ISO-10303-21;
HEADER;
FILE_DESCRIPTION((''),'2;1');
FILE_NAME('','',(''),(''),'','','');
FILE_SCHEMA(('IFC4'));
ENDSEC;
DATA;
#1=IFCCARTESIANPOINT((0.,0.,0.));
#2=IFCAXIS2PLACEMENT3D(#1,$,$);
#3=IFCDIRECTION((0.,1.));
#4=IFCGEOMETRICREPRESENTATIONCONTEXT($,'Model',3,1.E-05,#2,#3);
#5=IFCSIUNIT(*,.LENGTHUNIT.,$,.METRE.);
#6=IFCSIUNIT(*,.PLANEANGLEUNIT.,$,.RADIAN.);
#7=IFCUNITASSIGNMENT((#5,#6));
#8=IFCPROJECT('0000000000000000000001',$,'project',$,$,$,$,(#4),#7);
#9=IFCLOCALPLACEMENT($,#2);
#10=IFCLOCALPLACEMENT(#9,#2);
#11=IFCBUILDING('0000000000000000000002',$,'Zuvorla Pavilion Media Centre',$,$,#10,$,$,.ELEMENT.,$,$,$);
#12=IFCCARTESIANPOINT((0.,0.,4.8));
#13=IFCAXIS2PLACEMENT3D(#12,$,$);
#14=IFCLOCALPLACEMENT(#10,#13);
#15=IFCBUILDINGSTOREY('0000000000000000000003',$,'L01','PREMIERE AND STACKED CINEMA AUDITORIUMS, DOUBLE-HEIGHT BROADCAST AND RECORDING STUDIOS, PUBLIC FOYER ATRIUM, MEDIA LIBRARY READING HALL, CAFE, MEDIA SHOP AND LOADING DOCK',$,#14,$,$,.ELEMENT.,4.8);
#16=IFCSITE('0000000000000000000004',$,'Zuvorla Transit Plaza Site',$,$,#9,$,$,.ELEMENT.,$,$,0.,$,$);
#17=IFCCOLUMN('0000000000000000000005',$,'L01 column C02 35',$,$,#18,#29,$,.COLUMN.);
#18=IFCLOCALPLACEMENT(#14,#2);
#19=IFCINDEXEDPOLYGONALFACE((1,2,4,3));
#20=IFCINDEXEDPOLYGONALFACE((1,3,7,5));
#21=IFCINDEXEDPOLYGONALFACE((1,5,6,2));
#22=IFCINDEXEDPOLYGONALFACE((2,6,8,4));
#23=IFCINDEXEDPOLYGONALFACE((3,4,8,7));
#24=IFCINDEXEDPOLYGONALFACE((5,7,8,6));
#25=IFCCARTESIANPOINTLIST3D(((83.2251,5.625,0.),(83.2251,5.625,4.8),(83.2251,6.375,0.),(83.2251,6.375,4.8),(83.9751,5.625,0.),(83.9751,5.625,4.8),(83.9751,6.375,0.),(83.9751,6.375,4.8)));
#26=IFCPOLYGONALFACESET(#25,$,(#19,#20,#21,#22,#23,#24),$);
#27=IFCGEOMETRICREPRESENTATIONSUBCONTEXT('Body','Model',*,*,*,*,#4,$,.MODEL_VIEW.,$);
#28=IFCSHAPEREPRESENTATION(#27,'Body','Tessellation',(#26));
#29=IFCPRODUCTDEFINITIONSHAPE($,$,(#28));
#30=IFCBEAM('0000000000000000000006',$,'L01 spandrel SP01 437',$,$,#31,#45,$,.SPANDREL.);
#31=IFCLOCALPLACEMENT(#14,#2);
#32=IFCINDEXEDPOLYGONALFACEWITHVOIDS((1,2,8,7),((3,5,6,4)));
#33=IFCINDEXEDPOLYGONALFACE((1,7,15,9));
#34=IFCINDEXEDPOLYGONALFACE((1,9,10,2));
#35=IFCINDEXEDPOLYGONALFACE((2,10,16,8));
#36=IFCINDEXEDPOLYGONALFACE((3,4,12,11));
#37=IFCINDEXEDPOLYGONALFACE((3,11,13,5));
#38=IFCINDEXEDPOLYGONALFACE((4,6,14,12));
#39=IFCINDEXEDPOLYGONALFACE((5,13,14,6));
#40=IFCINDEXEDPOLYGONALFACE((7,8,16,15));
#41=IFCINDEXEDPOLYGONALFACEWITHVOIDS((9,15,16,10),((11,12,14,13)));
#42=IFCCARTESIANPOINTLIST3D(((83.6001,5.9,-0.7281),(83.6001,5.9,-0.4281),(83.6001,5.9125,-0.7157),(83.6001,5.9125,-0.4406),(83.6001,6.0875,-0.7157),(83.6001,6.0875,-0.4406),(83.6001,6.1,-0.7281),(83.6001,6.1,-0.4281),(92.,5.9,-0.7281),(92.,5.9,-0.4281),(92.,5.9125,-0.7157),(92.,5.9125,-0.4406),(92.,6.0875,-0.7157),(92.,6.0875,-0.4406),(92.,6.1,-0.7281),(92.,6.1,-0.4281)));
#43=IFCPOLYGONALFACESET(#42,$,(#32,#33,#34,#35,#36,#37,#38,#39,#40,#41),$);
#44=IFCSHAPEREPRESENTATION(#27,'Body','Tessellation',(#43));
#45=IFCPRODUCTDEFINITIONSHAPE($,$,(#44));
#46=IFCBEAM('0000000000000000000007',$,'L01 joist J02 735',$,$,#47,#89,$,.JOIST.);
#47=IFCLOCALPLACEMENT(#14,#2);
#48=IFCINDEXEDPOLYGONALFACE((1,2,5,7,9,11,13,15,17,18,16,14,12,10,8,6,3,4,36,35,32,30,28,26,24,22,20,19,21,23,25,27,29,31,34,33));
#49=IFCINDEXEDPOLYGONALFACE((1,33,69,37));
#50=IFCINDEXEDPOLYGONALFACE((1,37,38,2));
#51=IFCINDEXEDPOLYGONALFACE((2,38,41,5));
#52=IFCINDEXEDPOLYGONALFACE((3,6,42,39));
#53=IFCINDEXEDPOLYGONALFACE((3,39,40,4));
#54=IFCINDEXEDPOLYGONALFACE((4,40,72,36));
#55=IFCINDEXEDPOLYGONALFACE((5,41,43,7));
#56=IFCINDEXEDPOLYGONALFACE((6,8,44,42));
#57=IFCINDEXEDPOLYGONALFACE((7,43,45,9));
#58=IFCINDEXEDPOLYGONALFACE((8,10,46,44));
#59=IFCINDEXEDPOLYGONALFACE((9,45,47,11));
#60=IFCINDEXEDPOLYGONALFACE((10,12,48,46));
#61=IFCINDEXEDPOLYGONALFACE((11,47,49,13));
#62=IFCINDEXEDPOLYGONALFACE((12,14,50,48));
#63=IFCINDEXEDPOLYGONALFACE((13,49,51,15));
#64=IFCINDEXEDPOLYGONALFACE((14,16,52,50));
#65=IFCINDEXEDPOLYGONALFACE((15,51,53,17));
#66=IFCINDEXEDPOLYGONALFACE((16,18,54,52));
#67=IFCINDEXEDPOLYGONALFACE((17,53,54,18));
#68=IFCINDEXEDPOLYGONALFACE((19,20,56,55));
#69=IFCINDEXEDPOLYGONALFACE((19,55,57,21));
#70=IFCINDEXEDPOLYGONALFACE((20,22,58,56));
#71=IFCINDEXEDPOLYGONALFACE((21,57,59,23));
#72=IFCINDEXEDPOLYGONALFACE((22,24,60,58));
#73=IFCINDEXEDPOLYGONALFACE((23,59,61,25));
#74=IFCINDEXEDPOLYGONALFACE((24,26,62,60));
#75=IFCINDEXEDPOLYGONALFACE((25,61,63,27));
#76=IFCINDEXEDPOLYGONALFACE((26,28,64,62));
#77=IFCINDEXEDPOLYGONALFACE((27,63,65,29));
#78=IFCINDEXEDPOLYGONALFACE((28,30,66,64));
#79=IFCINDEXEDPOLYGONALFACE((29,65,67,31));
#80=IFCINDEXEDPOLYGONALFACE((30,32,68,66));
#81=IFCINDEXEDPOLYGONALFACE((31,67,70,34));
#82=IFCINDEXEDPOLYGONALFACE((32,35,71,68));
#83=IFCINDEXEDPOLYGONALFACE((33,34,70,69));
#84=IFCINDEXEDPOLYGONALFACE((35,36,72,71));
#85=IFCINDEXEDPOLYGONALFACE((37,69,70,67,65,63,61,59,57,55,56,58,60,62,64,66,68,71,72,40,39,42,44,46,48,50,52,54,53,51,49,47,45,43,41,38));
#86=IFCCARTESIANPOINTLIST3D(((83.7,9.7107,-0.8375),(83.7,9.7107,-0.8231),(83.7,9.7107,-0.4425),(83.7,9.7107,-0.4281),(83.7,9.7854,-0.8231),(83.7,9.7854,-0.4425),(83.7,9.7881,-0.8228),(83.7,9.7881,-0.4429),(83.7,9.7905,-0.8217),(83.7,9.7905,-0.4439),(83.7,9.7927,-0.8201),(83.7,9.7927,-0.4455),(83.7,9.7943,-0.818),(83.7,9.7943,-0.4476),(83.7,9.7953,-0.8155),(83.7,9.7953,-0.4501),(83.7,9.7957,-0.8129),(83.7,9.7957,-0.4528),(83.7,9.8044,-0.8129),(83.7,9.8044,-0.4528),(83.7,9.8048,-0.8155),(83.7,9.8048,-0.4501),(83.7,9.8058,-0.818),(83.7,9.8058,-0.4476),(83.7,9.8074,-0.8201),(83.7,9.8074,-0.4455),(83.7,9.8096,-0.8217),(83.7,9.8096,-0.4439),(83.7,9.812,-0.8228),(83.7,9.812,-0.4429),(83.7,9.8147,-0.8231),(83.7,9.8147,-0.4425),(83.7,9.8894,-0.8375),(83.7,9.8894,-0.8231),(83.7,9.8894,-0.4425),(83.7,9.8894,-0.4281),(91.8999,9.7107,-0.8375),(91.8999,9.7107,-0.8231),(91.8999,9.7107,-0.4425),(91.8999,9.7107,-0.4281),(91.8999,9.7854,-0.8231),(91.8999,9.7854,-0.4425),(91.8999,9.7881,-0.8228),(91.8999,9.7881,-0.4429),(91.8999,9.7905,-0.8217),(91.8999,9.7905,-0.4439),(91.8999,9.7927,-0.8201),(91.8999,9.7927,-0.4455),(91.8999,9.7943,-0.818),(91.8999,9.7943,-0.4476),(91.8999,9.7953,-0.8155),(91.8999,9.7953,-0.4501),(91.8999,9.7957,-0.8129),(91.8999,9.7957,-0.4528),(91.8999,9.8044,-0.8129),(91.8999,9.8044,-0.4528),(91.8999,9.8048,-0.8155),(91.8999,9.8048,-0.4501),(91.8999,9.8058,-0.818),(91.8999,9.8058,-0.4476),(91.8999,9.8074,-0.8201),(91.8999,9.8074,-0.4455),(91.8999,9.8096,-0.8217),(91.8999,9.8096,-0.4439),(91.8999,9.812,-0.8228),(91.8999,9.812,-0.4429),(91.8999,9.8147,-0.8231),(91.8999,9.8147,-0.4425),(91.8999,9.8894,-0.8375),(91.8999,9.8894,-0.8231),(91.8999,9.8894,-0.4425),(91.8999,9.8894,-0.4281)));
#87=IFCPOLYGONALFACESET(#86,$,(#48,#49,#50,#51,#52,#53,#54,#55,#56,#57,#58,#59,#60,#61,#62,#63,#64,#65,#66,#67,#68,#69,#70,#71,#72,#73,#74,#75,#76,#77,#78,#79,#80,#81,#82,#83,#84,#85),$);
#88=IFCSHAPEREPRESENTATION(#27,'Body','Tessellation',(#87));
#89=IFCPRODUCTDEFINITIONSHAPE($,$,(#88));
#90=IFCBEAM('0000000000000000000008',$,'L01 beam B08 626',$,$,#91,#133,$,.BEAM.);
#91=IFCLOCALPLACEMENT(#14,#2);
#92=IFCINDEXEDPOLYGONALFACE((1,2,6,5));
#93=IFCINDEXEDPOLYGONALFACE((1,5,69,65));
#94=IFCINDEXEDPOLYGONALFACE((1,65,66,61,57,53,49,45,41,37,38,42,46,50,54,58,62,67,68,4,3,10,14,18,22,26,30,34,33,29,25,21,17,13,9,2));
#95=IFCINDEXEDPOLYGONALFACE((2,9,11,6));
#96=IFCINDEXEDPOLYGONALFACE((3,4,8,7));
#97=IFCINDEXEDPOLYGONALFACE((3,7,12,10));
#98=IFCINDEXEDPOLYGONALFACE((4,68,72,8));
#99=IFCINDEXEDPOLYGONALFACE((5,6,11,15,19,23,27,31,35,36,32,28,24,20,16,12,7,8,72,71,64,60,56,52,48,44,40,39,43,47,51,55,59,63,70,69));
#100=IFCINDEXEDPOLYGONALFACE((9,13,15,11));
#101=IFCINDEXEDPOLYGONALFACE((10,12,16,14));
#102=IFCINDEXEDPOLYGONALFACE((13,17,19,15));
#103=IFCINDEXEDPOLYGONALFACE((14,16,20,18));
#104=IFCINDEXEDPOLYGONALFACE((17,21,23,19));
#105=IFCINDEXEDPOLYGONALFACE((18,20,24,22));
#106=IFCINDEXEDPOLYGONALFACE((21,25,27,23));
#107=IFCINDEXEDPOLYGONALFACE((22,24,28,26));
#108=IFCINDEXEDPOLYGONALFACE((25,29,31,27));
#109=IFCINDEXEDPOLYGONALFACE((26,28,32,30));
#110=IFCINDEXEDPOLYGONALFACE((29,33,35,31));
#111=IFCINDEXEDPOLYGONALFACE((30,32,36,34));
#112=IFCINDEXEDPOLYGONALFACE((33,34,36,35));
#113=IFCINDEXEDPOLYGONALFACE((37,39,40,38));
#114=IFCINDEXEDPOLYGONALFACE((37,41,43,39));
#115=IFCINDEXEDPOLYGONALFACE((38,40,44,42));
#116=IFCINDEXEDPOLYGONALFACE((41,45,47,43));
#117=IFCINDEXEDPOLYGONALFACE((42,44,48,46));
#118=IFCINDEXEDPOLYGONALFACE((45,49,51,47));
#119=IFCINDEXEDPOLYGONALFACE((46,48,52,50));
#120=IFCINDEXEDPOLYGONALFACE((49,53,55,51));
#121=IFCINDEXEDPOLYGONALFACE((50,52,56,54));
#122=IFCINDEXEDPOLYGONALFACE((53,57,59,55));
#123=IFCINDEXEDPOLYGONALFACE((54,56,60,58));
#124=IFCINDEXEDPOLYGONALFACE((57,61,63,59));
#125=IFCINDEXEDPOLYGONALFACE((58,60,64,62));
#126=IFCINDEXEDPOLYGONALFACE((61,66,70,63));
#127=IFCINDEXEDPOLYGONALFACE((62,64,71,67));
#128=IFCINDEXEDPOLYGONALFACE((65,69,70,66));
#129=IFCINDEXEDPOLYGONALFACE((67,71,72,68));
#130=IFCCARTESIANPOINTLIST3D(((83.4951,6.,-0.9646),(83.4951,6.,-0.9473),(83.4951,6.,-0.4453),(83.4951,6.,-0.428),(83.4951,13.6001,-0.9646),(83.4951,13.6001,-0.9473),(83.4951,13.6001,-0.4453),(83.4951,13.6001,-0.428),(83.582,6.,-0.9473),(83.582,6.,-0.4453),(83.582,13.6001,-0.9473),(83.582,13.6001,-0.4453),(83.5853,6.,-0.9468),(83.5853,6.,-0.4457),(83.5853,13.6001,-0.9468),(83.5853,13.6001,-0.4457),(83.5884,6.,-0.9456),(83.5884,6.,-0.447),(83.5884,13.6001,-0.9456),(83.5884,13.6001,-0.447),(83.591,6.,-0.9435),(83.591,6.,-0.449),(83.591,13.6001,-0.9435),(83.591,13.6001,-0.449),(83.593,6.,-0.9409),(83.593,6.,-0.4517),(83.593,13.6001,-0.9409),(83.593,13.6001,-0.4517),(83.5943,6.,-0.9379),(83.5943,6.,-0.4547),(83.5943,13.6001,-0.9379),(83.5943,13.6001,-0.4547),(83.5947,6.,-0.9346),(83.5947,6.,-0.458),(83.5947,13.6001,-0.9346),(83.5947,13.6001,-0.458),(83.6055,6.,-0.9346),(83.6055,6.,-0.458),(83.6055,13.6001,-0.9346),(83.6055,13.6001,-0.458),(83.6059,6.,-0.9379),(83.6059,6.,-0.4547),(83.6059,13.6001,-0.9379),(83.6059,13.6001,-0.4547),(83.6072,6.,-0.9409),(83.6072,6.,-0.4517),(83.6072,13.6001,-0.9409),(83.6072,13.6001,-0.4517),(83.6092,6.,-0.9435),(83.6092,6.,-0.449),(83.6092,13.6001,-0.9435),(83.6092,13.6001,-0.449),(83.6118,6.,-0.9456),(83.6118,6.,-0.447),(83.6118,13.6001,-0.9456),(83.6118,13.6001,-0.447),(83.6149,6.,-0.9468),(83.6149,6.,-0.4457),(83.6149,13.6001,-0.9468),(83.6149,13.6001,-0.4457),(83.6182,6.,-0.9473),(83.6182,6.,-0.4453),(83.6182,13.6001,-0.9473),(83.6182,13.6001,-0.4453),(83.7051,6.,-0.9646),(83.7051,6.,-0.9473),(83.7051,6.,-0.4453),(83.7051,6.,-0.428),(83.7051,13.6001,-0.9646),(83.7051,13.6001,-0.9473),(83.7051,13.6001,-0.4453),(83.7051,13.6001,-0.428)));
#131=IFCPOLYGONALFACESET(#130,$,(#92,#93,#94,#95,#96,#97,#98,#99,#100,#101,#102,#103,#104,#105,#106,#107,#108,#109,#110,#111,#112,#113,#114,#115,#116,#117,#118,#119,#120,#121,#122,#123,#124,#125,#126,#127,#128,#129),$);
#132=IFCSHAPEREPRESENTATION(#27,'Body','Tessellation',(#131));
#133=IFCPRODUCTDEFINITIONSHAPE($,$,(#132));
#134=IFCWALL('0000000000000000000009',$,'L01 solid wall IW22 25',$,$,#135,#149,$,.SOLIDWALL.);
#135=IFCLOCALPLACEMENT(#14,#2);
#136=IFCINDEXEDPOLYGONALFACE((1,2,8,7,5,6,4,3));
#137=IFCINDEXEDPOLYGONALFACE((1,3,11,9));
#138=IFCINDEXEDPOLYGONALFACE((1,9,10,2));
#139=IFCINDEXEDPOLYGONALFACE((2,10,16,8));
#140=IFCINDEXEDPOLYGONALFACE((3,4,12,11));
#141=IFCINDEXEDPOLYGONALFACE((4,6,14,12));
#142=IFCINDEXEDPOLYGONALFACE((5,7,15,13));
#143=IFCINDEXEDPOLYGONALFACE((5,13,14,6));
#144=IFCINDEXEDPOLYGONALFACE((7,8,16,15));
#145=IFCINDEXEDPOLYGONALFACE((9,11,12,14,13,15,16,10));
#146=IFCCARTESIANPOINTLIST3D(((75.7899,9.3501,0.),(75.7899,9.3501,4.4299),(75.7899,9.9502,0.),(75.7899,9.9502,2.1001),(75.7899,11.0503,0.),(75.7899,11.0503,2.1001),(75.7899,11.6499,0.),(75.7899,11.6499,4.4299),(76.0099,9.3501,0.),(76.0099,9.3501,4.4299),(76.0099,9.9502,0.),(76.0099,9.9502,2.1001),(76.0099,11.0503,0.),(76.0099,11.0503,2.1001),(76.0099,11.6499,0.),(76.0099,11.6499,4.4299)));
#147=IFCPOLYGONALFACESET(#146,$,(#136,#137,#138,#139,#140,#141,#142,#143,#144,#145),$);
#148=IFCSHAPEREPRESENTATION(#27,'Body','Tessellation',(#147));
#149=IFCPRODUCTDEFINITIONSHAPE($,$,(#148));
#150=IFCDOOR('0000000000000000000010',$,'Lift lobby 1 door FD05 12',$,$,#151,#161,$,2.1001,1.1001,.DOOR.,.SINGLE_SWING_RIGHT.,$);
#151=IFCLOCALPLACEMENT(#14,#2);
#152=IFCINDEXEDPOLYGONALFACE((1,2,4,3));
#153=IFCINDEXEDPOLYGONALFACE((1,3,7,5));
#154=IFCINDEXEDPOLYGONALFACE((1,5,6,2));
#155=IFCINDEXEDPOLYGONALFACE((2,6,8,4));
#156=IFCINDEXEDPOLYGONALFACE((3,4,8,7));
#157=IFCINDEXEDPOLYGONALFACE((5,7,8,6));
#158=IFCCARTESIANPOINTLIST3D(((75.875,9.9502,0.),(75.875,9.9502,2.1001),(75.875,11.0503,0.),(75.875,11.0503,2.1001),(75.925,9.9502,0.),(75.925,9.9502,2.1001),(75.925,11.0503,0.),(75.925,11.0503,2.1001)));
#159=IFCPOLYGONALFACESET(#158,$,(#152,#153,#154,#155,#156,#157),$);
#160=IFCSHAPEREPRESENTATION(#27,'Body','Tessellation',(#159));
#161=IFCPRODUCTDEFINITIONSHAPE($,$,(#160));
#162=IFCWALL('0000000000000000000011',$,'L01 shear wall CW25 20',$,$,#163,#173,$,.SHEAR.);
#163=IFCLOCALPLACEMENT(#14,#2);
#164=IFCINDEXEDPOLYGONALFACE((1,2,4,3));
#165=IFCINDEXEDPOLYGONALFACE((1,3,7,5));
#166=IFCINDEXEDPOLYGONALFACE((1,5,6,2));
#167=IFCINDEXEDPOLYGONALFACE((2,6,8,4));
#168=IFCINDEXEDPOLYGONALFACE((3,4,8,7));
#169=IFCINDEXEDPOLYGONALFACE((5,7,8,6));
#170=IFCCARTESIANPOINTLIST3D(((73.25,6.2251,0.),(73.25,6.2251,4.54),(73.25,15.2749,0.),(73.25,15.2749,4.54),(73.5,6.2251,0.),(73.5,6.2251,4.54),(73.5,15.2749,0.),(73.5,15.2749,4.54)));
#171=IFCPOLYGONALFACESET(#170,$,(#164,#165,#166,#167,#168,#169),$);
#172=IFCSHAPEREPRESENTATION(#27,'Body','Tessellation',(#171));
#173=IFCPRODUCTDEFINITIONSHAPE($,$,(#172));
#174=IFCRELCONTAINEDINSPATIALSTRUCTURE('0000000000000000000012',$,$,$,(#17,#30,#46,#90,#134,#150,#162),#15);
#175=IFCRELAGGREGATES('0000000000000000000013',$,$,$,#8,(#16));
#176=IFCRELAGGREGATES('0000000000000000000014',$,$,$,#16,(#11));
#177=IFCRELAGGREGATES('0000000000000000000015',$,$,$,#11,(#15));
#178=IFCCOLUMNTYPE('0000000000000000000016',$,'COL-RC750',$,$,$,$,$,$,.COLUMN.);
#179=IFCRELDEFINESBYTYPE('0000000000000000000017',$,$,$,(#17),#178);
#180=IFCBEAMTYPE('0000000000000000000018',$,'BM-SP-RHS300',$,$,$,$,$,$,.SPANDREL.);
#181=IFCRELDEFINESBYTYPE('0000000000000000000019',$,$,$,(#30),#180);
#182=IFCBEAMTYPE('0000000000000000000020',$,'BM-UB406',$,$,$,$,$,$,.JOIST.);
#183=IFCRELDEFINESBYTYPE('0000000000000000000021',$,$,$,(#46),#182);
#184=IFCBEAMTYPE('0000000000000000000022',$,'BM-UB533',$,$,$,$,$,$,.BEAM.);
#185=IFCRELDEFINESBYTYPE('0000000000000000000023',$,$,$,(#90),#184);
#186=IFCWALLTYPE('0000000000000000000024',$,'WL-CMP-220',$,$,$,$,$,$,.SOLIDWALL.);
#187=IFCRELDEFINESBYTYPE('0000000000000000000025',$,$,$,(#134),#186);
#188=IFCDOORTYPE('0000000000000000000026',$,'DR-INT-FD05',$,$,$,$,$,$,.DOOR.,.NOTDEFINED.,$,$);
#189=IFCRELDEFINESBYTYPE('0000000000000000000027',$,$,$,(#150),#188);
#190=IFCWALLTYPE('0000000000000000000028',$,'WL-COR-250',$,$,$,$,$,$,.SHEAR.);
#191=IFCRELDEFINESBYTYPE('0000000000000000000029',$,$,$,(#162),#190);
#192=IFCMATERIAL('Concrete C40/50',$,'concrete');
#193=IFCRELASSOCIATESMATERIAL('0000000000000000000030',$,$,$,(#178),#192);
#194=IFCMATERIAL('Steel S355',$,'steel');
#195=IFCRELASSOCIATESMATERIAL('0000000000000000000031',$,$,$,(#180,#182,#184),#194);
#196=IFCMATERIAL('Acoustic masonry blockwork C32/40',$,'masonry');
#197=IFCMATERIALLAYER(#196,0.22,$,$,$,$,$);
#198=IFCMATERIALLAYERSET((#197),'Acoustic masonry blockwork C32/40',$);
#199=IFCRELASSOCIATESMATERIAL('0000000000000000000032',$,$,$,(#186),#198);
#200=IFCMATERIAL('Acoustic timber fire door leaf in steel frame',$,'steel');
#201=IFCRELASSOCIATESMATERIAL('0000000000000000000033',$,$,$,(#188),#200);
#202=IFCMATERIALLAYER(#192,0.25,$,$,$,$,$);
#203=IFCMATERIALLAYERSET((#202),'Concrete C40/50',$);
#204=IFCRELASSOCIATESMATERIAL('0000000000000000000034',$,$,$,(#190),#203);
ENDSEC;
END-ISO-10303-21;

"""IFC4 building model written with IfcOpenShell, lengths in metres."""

from ifc_helpers import new_model, si_unit, direction, frame, frame_2d, origin, origin_2d, place, context, subcontext, project, spatial, rectangle, hollow_rectangle, i_section, extrude, material, layer, layer_set, material_profile, profile_set, type_object, element, fill, save


model = new_model("IFC4")

# Units and contexts
model_context = context("Model", 3, precision=1e-05, world=origin(), true_north=direction((0.0, 1.0)))
body_context = subcontext(model_context, "Body", "Model", "MODEL_VIEW")
ifc_project = project(units=[si_unit("LENGTHUNIT", "METRE"), si_unit("PLANEANGLEUNIT", "RADIAN")], contexts=[model_context])

# Site, building, storey
site_placement = place(None, origin())
site = spatial("IfcSite", under=ifc_project, at=site_placement, Name="Zuvorla Transit Plaza Site", CompositionType="ELEMENT", RefElevation=0.0)
building_placement = place(site_placement, origin())
building = spatial("IfcBuilding", under=site, at=building_placement, Name="Zuvorla Pavilion Media Centre", CompositionType="ELEMENT")
storey_placement = place(building_placement, frame((0.0, 0.0, 4.8)))
storey = spatial("IfcBuildingStorey", under=building, at=storey_placement, Name="L01", Description="PREMIERE AND STACKED CINEMA AUDITORIUMS, DOUBLE-HEIGHT BROADCAST AND RECORDING STUDIOS, PUBLIC FOYER ATRIUM, MEDIA LIBRARY READING HALL, CAFE, MEDIA SHOP AND LOADING DOCK", CompositionType="ELEMENT", Elevation=4.8)

# Column
ifc_material_1 = material(Name="Concrete C40/50", Category="concrete")
ifc_material_profile_1 = material_profile(ifc_material_1, rectangle(XDim=0.75, YDim=0.75, at=origin_2d()), Name="RC 750x750")
ifc_profile_set_1 = profile_set([ifc_material_profile_1], Name="Concrete C40/50")
column_type = type_object("IfcColumnType", Name="COL-RC750", PredefinedType="COLUMN", material=ifc_profile_set_1)
column_placement = place(storey_placement, frame((83.6001, 6.0, 0.0), z_axis=(0.0, 0.0, 1.0), x_axis=(1.0, 0.0, 0.0)))
element("IfcColumn", 1, at=column_placement, inside=storey, type_object=column_type, Name="L01 column C02 35", PredefinedType="COLUMN", context=body_context, shape_type="SweptSolid", body=[
    extrude(rectangle(XDim=0.75, YDim=0.75, at=origin_2d()), origin(), (0.0, 0.0, 1.0), 4.8),
])

# Beams
ifc_material_2 = material(Name="Steel S355", Category="steel")
ifc_material_profile_2 = material_profile(ifc_material_2, hollow_rectangle(XDim=0.2, YDim=0.3, WallThickness=0.0125, at=origin_2d()), Name="RHS 300x200x12.5")
ifc_profile_set_2 = profile_set([ifc_material_profile_2], Name="Steel S355")
beam_type_1 = type_object("IfcBeamType", Name="BM-SP-RHS300", PredefinedType="SPANDREL", material=ifc_profile_set_2)
beam_1_placement = place(storey_placement, frame((83.6001, 6.0, -0.5781), z_axis=(1.0, 0.0, 0.0), x_axis=(0.0, 1.0, 0.0)))
element("IfcBeam", 2, at=beam_1_placement, inside=storey, type_object=beam_type_1, Name="L01 spandrel SP01 437", PredefinedType="SPANDREL", context=body_context, shape_type="SweptSolid", body=[
    extrude(hollow_rectangle(XDim=0.2, YDim=0.3, WallThickness=0.0125, at=origin_2d()), origin(), (0.0, 0.0, 1.0), 8.3999),
])
ifc_material_profile_3 = material_profile(ifc_material_2, i_section(OverallWidth=0.1787, OverallDepth=0.4094, WebThickness=0.0088, FlangeThickness=0.0144, FilletRadius=0.0103, at=origin_2d()), Name="UB 406x178x67")
ifc_profile_set_3 = profile_set([ifc_material_profile_3], Name="Steel S355")
beam_type_2 = type_object("IfcBeamType", Name="BM-UB406", PredefinedType="JOIST", material=ifc_profile_set_3)
beam_2_placement = place(storey_placement, frame((83.7, 9.8, -0.6328), z_axis=(1.0, 0.0, 0.0), x_axis=(0.0, 1.0, 0.0)))
element("IfcBeam", 3, at=beam_2_placement, inside=storey, type_object=beam_type_2, Name="L01 joist J02 735", PredefinedType="JOIST", context=body_context, shape_type="SweptSolid", body=[
    extrude(i_section(OverallWidth=0.1787, OverallDepth=0.4094, WebThickness=0.0088, FlangeThickness=0.0144, FilletRadius=0.0103, at=origin_2d()), origin(), (0.0, 0.0, 1.0), 8.2),
])
ifc_material_profile_4 = material_profile(ifc_material_2, i_section(OverallWidth=0.21, OverallDepth=0.5366, WebThickness=0.0107, FlangeThickness=0.0173, FilletRadius=0.0127, at=origin_2d()), Name="UB 533x210x101")
ifc_profile_set_4 = profile_set([ifc_material_profile_4], Name="Steel S355")
beam_type_3 = type_object("IfcBeamType", Name="BM-UB533", PredefinedType="BEAM", material=ifc_profile_set_4)
beam_3_placement = place(storey_placement, frame((83.6001, 6.0, -0.6963), z_axis=(0.0, 1.0, 0.0), x_axis=(-1.0, 0.0, 0.0)))
element("IfcBeam", 4, at=beam_3_placement, inside=storey, type_object=beam_type_3, Name="L01 beam B08 626", PredefinedType="BEAM", context=body_context, shape_type="SweptSolid", body=[
    extrude(i_section(OverallWidth=0.21, OverallDepth=0.5366, WebThickness=0.0107, FlangeThickness=0.0173, FilletRadius=0.0127, at=origin_2d()), origin(), (0.0, 0.0, 1.0), 7.6001),
])

# Wall, opening, door
ifc_material_3 = material(Name="Acoustic masonry blockwork C32/40", Category="masonry")
ifc_layer_1 = layer(ifc_material_3, 0.22)
ifc_layer_set_1 = layer_set([ifc_layer_1], Name="Acoustic masonry blockwork C32/40")
wall_type_1 = type_object("IfcWallType", Name="WL-CMP-220", PredefinedType="SOLIDWALL", material=ifc_layer_set_1)
wall_1_placement = place(storey_placement, frame((75.8999, 9.3501, 0.0), z_axis=(0.0, 0.0, 1.0), x_axis=(0.0, 1.0, 0.0)))
wall_1 = element("IfcWall", 5, at=wall_1_placement, inside=storey, type_object=wall_type_1, Name="L01 solid wall IW22 25", PredefinedType="SOLIDWALL", context=body_context, shape_type="SweptSolid", body=[
    extrude(rectangle(XDim=2.2998, YDim=0.22, at=frame_2d((1.1499, 0.0))), origin(), (0.0, 0.0, 1.0), 4.4299),
])
opening_1_placement = place(wall_1_placement, frame((0.6001, 0.0, 0.0)))
opening_1 = element("IfcOpeningElement", 6, at=opening_1_placement, cuts=wall_1, PredefinedType="OPENING", context=body_context, shape_type="SweptSolid", body=[
    extrude(rectangle(XDim=1.1001, YDim=2.1001, at=frame_2d((0.55, 1.05))), frame((0.0, 0.1199, 0.0), z_axis=(0.0, -1.0, 0.0), x_axis=(1.0, 0.0, 0.0)), (0.0, 0.0, 1.0), 0.24),
])
ifc_material_4 = material(Name="Acoustic timber fire door leaf in steel frame", Category="steel")
door_type_1 = type_object("IfcDoorType", Name="DR-INT-FD05", OperationType="NOTDEFINED", PredefinedType="DOOR", material=ifc_material_4)
door_1_placement = place(opening_1_placement, origin())
door_1 = element("IfcDoor", 7, at=door_1_placement, inside=storey, type_object=door_type_1, Name="Lift lobby 1 door FD05 12", OperationType="SINGLE_SWING_RIGHT", OverallHeight=2.1001, OverallWidth=1.1001, PredefinedType="DOOR", context=body_context, shape_type="SweptSolid", body=[
    extrude(rectangle(XDim=1.1001, YDim=2.1001, at=frame_2d((0.55, 1.05))), frame((0.0, 0.0249, 0.0), z_axis=(0.0, -1.0, 0.0), x_axis=(1.0, 0.0, 0.0)), (0.0, 0.0, 1.0), 0.05),
])
fill(opening_1, door_1)

# Wall
ifc_layer_2 = layer(ifc_material_1, 0.25)
ifc_layer_set_2 = layer_set([ifc_layer_2], Name="Concrete C40/50")
wall_type_2 = type_object("IfcWallType", Name="WL-COR-250", PredefinedType="SHEAR", material=ifc_layer_set_2)
wall_2_placement = place(storey_placement, frame((73.375, 6.2251, 0.0), z_axis=(0.0, 0.0, 1.0), x_axis=(0.0, 1.0, 0.0)))
element("IfcWall", 8, at=wall_2_placement, inside=storey, type_object=wall_type_2, Name="L01 shear wall CW25 20", PredefinedType="SHEAR", context=body_context, shape_type="SweptSolid", body=[
    extrude(rectangle(XDim=9.0498, YDim=0.25, at=frame_2d((4.5249, 0.0))), origin(), (0.0, 0.0, 1.0), 4.54),
])

save(model, "model.ifc")
